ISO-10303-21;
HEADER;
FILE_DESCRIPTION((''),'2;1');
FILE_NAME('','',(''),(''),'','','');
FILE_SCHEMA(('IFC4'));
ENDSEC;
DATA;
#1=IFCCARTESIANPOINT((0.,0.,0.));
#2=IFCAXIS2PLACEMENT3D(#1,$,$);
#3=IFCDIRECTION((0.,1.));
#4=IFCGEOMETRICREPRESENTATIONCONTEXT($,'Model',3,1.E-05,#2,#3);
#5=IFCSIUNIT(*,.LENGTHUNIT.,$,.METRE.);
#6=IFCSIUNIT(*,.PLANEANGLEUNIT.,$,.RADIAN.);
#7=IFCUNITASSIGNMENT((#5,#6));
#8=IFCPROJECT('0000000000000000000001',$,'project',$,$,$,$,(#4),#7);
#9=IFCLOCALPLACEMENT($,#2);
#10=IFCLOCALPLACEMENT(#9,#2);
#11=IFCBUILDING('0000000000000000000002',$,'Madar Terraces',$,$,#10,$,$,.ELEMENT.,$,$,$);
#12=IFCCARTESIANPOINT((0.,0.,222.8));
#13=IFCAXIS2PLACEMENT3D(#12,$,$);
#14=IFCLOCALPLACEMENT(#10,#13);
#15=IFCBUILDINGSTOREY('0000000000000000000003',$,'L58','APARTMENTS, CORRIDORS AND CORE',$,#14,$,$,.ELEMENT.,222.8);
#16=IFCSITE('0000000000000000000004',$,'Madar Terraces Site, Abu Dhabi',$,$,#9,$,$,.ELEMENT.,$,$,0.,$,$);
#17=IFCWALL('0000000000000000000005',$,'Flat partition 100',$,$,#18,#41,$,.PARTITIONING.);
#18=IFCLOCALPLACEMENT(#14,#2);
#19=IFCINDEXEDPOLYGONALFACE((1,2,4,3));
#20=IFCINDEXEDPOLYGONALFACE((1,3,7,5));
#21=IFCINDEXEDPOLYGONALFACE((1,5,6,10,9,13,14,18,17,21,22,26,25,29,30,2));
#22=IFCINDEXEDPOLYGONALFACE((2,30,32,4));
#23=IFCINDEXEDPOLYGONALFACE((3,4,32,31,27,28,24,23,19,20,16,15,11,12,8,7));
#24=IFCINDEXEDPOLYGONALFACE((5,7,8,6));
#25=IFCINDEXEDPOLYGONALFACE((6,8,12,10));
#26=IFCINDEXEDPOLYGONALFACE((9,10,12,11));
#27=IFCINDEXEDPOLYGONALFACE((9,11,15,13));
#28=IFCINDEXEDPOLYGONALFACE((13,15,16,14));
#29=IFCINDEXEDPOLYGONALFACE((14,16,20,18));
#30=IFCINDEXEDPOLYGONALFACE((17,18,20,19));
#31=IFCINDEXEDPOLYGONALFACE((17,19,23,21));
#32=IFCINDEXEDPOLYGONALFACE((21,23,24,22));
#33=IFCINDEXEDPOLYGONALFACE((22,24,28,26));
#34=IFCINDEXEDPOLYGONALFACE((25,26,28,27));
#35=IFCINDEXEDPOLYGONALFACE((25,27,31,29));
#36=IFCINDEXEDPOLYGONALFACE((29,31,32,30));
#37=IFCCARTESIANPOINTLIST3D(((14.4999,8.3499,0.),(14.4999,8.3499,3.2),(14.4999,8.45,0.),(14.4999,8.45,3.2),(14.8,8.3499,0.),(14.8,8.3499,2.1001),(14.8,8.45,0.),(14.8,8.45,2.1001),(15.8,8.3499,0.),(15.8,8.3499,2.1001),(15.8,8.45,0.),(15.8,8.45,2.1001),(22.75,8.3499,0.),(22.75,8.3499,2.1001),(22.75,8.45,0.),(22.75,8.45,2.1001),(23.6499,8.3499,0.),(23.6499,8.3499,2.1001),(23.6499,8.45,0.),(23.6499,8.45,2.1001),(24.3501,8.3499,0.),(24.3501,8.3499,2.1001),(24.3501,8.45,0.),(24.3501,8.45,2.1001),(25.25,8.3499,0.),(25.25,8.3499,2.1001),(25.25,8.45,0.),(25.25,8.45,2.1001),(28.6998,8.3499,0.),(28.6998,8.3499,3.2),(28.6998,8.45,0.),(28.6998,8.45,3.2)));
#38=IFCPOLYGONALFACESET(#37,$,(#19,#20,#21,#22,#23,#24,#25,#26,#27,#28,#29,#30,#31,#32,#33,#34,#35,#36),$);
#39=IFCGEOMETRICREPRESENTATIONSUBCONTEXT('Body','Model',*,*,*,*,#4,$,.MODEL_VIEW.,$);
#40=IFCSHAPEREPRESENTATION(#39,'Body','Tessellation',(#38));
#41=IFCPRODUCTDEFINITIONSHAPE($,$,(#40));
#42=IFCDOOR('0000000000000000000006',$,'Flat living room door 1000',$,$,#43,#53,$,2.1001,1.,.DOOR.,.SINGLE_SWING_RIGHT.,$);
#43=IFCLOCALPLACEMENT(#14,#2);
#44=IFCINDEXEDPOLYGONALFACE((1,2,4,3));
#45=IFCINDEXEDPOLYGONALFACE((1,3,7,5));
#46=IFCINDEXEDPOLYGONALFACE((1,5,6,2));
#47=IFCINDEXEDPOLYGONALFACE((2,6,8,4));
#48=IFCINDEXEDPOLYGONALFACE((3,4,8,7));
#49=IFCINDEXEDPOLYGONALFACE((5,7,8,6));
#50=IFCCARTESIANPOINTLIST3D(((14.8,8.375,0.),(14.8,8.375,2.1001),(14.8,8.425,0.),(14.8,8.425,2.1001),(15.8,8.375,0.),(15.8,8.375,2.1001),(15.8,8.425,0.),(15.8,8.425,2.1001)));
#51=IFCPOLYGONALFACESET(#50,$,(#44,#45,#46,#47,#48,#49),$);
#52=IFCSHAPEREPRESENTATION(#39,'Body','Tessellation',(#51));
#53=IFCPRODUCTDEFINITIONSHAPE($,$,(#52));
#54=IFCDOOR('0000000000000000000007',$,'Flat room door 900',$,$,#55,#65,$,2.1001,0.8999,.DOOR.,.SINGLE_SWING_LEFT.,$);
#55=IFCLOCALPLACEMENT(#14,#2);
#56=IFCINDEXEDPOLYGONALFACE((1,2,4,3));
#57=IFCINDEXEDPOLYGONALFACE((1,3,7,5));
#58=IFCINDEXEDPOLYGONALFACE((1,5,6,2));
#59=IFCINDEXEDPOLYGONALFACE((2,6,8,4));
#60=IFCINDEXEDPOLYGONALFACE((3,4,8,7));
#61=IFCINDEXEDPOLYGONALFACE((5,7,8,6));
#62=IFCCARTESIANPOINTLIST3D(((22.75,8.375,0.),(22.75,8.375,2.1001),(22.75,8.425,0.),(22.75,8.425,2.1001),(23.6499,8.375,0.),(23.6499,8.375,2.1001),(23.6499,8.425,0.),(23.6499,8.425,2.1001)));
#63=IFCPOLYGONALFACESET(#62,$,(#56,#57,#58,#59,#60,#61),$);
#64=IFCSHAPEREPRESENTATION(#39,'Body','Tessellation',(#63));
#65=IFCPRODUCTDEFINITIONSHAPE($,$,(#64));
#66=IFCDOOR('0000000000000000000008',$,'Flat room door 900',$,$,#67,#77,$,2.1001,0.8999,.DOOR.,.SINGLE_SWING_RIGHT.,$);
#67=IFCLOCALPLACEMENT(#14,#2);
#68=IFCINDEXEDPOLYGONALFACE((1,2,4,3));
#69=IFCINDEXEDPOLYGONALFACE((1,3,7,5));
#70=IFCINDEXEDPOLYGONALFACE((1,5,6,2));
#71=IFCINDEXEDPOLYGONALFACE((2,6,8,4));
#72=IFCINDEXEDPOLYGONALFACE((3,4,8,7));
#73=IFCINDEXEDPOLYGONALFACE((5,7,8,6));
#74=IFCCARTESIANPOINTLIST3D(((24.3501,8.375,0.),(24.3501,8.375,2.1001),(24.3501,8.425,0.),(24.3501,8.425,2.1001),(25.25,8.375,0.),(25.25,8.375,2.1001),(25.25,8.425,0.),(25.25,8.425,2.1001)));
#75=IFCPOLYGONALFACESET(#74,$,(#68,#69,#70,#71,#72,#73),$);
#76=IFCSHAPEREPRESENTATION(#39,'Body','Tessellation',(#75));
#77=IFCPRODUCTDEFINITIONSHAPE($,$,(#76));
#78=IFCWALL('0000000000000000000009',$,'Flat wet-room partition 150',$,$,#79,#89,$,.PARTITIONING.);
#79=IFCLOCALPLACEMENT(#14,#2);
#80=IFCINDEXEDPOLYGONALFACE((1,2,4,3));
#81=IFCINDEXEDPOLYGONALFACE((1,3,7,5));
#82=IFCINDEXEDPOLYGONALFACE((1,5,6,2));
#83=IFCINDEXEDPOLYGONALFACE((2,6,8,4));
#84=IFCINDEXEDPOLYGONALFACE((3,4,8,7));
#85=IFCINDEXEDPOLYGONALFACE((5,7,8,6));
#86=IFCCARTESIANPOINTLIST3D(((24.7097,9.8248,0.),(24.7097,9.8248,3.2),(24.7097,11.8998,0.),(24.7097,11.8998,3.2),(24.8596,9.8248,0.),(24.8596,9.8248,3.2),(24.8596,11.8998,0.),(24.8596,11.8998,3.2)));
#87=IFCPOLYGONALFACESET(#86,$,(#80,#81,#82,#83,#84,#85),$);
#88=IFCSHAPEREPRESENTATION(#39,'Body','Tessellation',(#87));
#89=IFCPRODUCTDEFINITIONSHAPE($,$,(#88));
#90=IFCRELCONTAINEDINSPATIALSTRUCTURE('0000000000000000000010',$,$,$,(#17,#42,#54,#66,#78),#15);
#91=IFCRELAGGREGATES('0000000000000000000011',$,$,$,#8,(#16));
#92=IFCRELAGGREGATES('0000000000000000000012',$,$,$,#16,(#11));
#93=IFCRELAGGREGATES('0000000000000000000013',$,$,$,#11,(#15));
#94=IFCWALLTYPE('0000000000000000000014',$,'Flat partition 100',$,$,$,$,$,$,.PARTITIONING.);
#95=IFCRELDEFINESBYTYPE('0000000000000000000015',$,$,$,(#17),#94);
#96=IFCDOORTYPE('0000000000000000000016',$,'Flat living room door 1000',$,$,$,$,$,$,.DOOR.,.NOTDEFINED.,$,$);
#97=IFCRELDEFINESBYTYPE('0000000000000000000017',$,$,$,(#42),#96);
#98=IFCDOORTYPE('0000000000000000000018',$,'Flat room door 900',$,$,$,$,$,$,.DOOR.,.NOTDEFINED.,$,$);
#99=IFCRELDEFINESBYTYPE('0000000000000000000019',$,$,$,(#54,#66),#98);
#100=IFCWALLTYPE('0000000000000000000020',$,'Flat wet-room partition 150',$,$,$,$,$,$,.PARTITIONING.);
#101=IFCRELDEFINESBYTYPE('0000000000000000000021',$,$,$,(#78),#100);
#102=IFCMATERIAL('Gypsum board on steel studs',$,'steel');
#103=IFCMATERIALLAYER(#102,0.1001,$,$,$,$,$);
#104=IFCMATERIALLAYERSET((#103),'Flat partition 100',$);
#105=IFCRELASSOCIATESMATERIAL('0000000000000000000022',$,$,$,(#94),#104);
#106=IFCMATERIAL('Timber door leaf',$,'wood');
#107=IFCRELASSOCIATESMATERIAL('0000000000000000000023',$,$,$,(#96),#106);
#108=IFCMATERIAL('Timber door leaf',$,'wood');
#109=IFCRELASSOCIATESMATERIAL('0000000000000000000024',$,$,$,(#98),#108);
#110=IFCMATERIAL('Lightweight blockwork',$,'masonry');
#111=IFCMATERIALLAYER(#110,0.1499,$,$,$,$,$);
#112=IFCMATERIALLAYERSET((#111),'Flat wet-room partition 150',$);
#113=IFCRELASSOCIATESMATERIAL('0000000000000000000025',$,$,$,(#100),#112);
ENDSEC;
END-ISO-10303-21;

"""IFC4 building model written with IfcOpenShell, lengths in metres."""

from ifc_helpers import new_model, si_unit, direction, frame, frame_2d, origin, place, context, subcontext, project, spatial, rectangle, extrude, material, layer, layer_set, type_object, element, fill, save


model = new_model("IFC4")

# Units and contexts
model_context = context("Model", 3, precision=1e-05, world=origin(), true_north=direction((0.0, 1.0)))
body_context = subcontext(model_context, "Body", "Model", "MODEL_VIEW")
ifc_project = project(units=[si_unit("LENGTHUNIT", "METRE"), si_unit("PLANEANGLEUNIT", "RADIAN")], contexts=[model_context])

# Site, building, storey
site_placement = place(None, origin())
site = spatial("IfcSite", under=ifc_project, at=site_placement, Name="Madar Terraces Site, Abu Dhabi", CompositionType="ELEMENT", RefElevation=0.0)
building_placement = place(site_placement, origin())
building = spatial("IfcBuilding", under=site, at=building_placement, Name="Madar Terraces", CompositionType="ELEMENT")
storey_placement = place(building_placement, frame((0.0, 0.0, 222.8)))
storey = spatial("IfcBuildingStorey", under=building, at=storey_placement, Name="L58", Description="APARTMENTS, CORRIDORS AND CORE", CompositionType="ELEMENT", Elevation=222.8)

# Shared definitions
ifc_material_1 = material(Name="Gypsum board on steel studs", Category="steel")
ifc_layer_1 = layer(ifc_material_1, 0.1001)
ifc_layer_set_1 = layer_set([ifc_layer_1], Name="Flat partition 100")
wall_type_1 = type_object("IfcWallType", Name="Flat partition 100", PredefinedType="PARTITIONING", material=ifc_layer_set_1)

# Wall, openings, doors
wall_1_placement = place(storey_placement, frame((28.7, 8.3999, 0.0), z_axis=(0.0, 0.0, 1.0), x_axis=(-1.0, 0.0, 0.0)))
wall_1 = element("IfcWall", 1, at=wall_1_placement, inside=storey, type_object=wall_type_1, Name="Flat partition 100", PredefinedType="PARTITIONING", context=body_context, shape_type="SweptSolid", body=[
    extrude(rectangle(XDim=14.2, YDim=0.1001, at=frame_2d((7.1001, 0.0))), origin(), (0.0, 0.0, 1.0), 3.2),
])
opening_1_placement = place(wall_1_placement, frame((12.8999, 0.0, 0.0)))
opening_1 = element("IfcOpeningElement", 2, at=opening_1_placement, cuts=wall_1, PredefinedType="OPENING", context=body_context, shape_type="SweptSolid", body=[
    extrude(rectangle(XDim=1.0, YDim=2.1001, at=frame_2d((0.5, 1.05))), frame((0.0, 0.0601, 0.0), z_axis=(0.0, -1.0, 0.0), x_axis=(1.0, 0.0, 0.0)), (0.0, 0.0, 1.0), 0.1201),
])
opening_2_placement = place(wall_1_placement, frame((5.05, 0.0, 0.0)))
opening_2 = element("IfcOpeningElement", 3, at=opening_2_placement, cuts=wall_1, PredefinedType="OPENING", context=body_context, shape_type="SweptSolid", body=[
    extrude(rectangle(XDim=0.8999, YDim=2.1001, at=frame_2d((0.45, 1.05))), frame((0.0, 0.0601, 0.0), z_axis=(0.0, -1.0, 0.0), x_axis=(1.0, 0.0, 0.0)), (0.0, 0.0, 1.0), 0.1201),
])
opening_3_placement = place(wall_1_placement, frame((3.45, 0.0, 0.0)))
opening_3 = element("IfcOpeningElement", 4, at=opening_3_placement, cuts=wall_1, PredefinedType="OPENING", context=body_context, shape_type="SweptSolid", body=[
    extrude(rectangle(XDim=0.8999, YDim=2.1001, at=frame_2d((0.45, 1.05))), frame((0.0, 0.0601, 0.0), z_axis=(0.0, -1.0, 0.0), x_axis=(1.0, 0.0, 0.0)), (0.0, 0.0, 1.0), 0.1201),
])
ifc_material_2 = material(Name="Timber door leaf", Category="wood")
door_type_1 = type_object("IfcDoorType", Name="Flat living room door 1000", OperationType="NOTDEFINED", PredefinedType="DOOR", material=ifc_material_2)
door_1_placement = place(opening_1_placement, origin())
door_1 = element("IfcDoor", 5, at=door_1_placement, inside=storey, type_object=door_type_1, Name="Flat living room door 1000", OperationType="SINGLE_SWING_RIGHT", OverallHeight=2.1001, OverallWidth=1.0, PredefinedType="DOOR", context=body_context, shape_type="SweptSolid", body=[
    extrude(rectangle(XDim=1.0, YDim=2.1001, at=frame_2d((0.5, 1.05))), frame((0.0, 0.0249, 0.0), z_axis=(0.0, -1.0, 0.0), x_axis=(1.0, 0.0, 0.0)), (0.0, 0.0, 1.0), 0.05),
])
fill(opening_1, door_1)
ifc_material_3 = material(Name="Timber door leaf", Category="wood")
door_type_2 = type_object("IfcDoorType", Name="Flat room door 900", OperationType="NOTDEFINED", PredefinedType="DOOR", material=ifc_material_3)
door_2_placement = place(opening_2_placement, origin())
door_2 = element("IfcDoor", 6, at=door_2_placement, inside=storey, type_object=door_type_2, Name="Flat room door 900", OperationType="SINGLE_SWING_LEFT", OverallHeight=2.1001, OverallWidth=0.8999, PredefinedType="DOOR", context=body_context, shape_type="SweptSolid", body=[
    extrude(rectangle(XDim=0.8999, YDim=2.1001, at=frame_2d((0.45, 1.05))), frame((0.0, 0.0249, 0.0), z_axis=(0.0, -1.0, 0.0), x_axis=(1.0, 0.0, 0.0)), (0.0, 0.0, 1.0), 0.05),
])
fill(opening_2, door_2)
door_3_placement = place(opening_3_placement, origin())
door_3 = element("IfcDoor", 7, at=door_3_placement, inside=storey, type_object=door_type_2, Name="Flat room door 900", OperationType="SINGLE_SWING_RIGHT", OverallHeight=2.1001, OverallWidth=0.8999, PredefinedType="DOOR", context=body_context, shape_type="SweptSolid", body=[
    extrude(rectangle(XDim=0.8999, YDim=2.1001, at=frame_2d((0.45, 1.05))), frame((0.0, 0.0249, 0.0), z_axis=(0.0, -1.0, 0.0), x_axis=(1.0, 0.0, 0.0)), (0.0, 0.0, 1.0), 0.05),
])
fill(opening_3, door_3)

# Wall
ifc_material_4 = material(Name="Lightweight blockwork", Category="masonry")
ifc_layer_2 = layer(ifc_material_4, 0.1499)
ifc_layer_set_2 = layer_set([ifc_layer_2], Name="Flat wet-room partition 150")
wall_type_2 = type_object("IfcWallType", Name="Flat wet-room partition 150", PredefinedType="PARTITIONING", material=ifc_layer_set_2)
wall_2_placement = place(storey_placement, frame((24.7847, 11.8999, 0.0), z_axis=(0.0, 0.0, 1.0), x_axis=(0.0, -1.0, 0.0)))
element("IfcWall", 8, at=wall_2_placement, inside=storey, type_object=wall_type_2, Name="Flat wet-room partition 150", PredefinedType="PARTITIONING", context=body_context, shape_type="SweptSolid", body=[
    extrude(rectangle(XDim=2.075, YDim=0.1499, at=frame_2d((1.0376, 0.0))), origin(), (0.0, 0.0, 1.0), 3.2),
])

save(model, "model.ifc")
